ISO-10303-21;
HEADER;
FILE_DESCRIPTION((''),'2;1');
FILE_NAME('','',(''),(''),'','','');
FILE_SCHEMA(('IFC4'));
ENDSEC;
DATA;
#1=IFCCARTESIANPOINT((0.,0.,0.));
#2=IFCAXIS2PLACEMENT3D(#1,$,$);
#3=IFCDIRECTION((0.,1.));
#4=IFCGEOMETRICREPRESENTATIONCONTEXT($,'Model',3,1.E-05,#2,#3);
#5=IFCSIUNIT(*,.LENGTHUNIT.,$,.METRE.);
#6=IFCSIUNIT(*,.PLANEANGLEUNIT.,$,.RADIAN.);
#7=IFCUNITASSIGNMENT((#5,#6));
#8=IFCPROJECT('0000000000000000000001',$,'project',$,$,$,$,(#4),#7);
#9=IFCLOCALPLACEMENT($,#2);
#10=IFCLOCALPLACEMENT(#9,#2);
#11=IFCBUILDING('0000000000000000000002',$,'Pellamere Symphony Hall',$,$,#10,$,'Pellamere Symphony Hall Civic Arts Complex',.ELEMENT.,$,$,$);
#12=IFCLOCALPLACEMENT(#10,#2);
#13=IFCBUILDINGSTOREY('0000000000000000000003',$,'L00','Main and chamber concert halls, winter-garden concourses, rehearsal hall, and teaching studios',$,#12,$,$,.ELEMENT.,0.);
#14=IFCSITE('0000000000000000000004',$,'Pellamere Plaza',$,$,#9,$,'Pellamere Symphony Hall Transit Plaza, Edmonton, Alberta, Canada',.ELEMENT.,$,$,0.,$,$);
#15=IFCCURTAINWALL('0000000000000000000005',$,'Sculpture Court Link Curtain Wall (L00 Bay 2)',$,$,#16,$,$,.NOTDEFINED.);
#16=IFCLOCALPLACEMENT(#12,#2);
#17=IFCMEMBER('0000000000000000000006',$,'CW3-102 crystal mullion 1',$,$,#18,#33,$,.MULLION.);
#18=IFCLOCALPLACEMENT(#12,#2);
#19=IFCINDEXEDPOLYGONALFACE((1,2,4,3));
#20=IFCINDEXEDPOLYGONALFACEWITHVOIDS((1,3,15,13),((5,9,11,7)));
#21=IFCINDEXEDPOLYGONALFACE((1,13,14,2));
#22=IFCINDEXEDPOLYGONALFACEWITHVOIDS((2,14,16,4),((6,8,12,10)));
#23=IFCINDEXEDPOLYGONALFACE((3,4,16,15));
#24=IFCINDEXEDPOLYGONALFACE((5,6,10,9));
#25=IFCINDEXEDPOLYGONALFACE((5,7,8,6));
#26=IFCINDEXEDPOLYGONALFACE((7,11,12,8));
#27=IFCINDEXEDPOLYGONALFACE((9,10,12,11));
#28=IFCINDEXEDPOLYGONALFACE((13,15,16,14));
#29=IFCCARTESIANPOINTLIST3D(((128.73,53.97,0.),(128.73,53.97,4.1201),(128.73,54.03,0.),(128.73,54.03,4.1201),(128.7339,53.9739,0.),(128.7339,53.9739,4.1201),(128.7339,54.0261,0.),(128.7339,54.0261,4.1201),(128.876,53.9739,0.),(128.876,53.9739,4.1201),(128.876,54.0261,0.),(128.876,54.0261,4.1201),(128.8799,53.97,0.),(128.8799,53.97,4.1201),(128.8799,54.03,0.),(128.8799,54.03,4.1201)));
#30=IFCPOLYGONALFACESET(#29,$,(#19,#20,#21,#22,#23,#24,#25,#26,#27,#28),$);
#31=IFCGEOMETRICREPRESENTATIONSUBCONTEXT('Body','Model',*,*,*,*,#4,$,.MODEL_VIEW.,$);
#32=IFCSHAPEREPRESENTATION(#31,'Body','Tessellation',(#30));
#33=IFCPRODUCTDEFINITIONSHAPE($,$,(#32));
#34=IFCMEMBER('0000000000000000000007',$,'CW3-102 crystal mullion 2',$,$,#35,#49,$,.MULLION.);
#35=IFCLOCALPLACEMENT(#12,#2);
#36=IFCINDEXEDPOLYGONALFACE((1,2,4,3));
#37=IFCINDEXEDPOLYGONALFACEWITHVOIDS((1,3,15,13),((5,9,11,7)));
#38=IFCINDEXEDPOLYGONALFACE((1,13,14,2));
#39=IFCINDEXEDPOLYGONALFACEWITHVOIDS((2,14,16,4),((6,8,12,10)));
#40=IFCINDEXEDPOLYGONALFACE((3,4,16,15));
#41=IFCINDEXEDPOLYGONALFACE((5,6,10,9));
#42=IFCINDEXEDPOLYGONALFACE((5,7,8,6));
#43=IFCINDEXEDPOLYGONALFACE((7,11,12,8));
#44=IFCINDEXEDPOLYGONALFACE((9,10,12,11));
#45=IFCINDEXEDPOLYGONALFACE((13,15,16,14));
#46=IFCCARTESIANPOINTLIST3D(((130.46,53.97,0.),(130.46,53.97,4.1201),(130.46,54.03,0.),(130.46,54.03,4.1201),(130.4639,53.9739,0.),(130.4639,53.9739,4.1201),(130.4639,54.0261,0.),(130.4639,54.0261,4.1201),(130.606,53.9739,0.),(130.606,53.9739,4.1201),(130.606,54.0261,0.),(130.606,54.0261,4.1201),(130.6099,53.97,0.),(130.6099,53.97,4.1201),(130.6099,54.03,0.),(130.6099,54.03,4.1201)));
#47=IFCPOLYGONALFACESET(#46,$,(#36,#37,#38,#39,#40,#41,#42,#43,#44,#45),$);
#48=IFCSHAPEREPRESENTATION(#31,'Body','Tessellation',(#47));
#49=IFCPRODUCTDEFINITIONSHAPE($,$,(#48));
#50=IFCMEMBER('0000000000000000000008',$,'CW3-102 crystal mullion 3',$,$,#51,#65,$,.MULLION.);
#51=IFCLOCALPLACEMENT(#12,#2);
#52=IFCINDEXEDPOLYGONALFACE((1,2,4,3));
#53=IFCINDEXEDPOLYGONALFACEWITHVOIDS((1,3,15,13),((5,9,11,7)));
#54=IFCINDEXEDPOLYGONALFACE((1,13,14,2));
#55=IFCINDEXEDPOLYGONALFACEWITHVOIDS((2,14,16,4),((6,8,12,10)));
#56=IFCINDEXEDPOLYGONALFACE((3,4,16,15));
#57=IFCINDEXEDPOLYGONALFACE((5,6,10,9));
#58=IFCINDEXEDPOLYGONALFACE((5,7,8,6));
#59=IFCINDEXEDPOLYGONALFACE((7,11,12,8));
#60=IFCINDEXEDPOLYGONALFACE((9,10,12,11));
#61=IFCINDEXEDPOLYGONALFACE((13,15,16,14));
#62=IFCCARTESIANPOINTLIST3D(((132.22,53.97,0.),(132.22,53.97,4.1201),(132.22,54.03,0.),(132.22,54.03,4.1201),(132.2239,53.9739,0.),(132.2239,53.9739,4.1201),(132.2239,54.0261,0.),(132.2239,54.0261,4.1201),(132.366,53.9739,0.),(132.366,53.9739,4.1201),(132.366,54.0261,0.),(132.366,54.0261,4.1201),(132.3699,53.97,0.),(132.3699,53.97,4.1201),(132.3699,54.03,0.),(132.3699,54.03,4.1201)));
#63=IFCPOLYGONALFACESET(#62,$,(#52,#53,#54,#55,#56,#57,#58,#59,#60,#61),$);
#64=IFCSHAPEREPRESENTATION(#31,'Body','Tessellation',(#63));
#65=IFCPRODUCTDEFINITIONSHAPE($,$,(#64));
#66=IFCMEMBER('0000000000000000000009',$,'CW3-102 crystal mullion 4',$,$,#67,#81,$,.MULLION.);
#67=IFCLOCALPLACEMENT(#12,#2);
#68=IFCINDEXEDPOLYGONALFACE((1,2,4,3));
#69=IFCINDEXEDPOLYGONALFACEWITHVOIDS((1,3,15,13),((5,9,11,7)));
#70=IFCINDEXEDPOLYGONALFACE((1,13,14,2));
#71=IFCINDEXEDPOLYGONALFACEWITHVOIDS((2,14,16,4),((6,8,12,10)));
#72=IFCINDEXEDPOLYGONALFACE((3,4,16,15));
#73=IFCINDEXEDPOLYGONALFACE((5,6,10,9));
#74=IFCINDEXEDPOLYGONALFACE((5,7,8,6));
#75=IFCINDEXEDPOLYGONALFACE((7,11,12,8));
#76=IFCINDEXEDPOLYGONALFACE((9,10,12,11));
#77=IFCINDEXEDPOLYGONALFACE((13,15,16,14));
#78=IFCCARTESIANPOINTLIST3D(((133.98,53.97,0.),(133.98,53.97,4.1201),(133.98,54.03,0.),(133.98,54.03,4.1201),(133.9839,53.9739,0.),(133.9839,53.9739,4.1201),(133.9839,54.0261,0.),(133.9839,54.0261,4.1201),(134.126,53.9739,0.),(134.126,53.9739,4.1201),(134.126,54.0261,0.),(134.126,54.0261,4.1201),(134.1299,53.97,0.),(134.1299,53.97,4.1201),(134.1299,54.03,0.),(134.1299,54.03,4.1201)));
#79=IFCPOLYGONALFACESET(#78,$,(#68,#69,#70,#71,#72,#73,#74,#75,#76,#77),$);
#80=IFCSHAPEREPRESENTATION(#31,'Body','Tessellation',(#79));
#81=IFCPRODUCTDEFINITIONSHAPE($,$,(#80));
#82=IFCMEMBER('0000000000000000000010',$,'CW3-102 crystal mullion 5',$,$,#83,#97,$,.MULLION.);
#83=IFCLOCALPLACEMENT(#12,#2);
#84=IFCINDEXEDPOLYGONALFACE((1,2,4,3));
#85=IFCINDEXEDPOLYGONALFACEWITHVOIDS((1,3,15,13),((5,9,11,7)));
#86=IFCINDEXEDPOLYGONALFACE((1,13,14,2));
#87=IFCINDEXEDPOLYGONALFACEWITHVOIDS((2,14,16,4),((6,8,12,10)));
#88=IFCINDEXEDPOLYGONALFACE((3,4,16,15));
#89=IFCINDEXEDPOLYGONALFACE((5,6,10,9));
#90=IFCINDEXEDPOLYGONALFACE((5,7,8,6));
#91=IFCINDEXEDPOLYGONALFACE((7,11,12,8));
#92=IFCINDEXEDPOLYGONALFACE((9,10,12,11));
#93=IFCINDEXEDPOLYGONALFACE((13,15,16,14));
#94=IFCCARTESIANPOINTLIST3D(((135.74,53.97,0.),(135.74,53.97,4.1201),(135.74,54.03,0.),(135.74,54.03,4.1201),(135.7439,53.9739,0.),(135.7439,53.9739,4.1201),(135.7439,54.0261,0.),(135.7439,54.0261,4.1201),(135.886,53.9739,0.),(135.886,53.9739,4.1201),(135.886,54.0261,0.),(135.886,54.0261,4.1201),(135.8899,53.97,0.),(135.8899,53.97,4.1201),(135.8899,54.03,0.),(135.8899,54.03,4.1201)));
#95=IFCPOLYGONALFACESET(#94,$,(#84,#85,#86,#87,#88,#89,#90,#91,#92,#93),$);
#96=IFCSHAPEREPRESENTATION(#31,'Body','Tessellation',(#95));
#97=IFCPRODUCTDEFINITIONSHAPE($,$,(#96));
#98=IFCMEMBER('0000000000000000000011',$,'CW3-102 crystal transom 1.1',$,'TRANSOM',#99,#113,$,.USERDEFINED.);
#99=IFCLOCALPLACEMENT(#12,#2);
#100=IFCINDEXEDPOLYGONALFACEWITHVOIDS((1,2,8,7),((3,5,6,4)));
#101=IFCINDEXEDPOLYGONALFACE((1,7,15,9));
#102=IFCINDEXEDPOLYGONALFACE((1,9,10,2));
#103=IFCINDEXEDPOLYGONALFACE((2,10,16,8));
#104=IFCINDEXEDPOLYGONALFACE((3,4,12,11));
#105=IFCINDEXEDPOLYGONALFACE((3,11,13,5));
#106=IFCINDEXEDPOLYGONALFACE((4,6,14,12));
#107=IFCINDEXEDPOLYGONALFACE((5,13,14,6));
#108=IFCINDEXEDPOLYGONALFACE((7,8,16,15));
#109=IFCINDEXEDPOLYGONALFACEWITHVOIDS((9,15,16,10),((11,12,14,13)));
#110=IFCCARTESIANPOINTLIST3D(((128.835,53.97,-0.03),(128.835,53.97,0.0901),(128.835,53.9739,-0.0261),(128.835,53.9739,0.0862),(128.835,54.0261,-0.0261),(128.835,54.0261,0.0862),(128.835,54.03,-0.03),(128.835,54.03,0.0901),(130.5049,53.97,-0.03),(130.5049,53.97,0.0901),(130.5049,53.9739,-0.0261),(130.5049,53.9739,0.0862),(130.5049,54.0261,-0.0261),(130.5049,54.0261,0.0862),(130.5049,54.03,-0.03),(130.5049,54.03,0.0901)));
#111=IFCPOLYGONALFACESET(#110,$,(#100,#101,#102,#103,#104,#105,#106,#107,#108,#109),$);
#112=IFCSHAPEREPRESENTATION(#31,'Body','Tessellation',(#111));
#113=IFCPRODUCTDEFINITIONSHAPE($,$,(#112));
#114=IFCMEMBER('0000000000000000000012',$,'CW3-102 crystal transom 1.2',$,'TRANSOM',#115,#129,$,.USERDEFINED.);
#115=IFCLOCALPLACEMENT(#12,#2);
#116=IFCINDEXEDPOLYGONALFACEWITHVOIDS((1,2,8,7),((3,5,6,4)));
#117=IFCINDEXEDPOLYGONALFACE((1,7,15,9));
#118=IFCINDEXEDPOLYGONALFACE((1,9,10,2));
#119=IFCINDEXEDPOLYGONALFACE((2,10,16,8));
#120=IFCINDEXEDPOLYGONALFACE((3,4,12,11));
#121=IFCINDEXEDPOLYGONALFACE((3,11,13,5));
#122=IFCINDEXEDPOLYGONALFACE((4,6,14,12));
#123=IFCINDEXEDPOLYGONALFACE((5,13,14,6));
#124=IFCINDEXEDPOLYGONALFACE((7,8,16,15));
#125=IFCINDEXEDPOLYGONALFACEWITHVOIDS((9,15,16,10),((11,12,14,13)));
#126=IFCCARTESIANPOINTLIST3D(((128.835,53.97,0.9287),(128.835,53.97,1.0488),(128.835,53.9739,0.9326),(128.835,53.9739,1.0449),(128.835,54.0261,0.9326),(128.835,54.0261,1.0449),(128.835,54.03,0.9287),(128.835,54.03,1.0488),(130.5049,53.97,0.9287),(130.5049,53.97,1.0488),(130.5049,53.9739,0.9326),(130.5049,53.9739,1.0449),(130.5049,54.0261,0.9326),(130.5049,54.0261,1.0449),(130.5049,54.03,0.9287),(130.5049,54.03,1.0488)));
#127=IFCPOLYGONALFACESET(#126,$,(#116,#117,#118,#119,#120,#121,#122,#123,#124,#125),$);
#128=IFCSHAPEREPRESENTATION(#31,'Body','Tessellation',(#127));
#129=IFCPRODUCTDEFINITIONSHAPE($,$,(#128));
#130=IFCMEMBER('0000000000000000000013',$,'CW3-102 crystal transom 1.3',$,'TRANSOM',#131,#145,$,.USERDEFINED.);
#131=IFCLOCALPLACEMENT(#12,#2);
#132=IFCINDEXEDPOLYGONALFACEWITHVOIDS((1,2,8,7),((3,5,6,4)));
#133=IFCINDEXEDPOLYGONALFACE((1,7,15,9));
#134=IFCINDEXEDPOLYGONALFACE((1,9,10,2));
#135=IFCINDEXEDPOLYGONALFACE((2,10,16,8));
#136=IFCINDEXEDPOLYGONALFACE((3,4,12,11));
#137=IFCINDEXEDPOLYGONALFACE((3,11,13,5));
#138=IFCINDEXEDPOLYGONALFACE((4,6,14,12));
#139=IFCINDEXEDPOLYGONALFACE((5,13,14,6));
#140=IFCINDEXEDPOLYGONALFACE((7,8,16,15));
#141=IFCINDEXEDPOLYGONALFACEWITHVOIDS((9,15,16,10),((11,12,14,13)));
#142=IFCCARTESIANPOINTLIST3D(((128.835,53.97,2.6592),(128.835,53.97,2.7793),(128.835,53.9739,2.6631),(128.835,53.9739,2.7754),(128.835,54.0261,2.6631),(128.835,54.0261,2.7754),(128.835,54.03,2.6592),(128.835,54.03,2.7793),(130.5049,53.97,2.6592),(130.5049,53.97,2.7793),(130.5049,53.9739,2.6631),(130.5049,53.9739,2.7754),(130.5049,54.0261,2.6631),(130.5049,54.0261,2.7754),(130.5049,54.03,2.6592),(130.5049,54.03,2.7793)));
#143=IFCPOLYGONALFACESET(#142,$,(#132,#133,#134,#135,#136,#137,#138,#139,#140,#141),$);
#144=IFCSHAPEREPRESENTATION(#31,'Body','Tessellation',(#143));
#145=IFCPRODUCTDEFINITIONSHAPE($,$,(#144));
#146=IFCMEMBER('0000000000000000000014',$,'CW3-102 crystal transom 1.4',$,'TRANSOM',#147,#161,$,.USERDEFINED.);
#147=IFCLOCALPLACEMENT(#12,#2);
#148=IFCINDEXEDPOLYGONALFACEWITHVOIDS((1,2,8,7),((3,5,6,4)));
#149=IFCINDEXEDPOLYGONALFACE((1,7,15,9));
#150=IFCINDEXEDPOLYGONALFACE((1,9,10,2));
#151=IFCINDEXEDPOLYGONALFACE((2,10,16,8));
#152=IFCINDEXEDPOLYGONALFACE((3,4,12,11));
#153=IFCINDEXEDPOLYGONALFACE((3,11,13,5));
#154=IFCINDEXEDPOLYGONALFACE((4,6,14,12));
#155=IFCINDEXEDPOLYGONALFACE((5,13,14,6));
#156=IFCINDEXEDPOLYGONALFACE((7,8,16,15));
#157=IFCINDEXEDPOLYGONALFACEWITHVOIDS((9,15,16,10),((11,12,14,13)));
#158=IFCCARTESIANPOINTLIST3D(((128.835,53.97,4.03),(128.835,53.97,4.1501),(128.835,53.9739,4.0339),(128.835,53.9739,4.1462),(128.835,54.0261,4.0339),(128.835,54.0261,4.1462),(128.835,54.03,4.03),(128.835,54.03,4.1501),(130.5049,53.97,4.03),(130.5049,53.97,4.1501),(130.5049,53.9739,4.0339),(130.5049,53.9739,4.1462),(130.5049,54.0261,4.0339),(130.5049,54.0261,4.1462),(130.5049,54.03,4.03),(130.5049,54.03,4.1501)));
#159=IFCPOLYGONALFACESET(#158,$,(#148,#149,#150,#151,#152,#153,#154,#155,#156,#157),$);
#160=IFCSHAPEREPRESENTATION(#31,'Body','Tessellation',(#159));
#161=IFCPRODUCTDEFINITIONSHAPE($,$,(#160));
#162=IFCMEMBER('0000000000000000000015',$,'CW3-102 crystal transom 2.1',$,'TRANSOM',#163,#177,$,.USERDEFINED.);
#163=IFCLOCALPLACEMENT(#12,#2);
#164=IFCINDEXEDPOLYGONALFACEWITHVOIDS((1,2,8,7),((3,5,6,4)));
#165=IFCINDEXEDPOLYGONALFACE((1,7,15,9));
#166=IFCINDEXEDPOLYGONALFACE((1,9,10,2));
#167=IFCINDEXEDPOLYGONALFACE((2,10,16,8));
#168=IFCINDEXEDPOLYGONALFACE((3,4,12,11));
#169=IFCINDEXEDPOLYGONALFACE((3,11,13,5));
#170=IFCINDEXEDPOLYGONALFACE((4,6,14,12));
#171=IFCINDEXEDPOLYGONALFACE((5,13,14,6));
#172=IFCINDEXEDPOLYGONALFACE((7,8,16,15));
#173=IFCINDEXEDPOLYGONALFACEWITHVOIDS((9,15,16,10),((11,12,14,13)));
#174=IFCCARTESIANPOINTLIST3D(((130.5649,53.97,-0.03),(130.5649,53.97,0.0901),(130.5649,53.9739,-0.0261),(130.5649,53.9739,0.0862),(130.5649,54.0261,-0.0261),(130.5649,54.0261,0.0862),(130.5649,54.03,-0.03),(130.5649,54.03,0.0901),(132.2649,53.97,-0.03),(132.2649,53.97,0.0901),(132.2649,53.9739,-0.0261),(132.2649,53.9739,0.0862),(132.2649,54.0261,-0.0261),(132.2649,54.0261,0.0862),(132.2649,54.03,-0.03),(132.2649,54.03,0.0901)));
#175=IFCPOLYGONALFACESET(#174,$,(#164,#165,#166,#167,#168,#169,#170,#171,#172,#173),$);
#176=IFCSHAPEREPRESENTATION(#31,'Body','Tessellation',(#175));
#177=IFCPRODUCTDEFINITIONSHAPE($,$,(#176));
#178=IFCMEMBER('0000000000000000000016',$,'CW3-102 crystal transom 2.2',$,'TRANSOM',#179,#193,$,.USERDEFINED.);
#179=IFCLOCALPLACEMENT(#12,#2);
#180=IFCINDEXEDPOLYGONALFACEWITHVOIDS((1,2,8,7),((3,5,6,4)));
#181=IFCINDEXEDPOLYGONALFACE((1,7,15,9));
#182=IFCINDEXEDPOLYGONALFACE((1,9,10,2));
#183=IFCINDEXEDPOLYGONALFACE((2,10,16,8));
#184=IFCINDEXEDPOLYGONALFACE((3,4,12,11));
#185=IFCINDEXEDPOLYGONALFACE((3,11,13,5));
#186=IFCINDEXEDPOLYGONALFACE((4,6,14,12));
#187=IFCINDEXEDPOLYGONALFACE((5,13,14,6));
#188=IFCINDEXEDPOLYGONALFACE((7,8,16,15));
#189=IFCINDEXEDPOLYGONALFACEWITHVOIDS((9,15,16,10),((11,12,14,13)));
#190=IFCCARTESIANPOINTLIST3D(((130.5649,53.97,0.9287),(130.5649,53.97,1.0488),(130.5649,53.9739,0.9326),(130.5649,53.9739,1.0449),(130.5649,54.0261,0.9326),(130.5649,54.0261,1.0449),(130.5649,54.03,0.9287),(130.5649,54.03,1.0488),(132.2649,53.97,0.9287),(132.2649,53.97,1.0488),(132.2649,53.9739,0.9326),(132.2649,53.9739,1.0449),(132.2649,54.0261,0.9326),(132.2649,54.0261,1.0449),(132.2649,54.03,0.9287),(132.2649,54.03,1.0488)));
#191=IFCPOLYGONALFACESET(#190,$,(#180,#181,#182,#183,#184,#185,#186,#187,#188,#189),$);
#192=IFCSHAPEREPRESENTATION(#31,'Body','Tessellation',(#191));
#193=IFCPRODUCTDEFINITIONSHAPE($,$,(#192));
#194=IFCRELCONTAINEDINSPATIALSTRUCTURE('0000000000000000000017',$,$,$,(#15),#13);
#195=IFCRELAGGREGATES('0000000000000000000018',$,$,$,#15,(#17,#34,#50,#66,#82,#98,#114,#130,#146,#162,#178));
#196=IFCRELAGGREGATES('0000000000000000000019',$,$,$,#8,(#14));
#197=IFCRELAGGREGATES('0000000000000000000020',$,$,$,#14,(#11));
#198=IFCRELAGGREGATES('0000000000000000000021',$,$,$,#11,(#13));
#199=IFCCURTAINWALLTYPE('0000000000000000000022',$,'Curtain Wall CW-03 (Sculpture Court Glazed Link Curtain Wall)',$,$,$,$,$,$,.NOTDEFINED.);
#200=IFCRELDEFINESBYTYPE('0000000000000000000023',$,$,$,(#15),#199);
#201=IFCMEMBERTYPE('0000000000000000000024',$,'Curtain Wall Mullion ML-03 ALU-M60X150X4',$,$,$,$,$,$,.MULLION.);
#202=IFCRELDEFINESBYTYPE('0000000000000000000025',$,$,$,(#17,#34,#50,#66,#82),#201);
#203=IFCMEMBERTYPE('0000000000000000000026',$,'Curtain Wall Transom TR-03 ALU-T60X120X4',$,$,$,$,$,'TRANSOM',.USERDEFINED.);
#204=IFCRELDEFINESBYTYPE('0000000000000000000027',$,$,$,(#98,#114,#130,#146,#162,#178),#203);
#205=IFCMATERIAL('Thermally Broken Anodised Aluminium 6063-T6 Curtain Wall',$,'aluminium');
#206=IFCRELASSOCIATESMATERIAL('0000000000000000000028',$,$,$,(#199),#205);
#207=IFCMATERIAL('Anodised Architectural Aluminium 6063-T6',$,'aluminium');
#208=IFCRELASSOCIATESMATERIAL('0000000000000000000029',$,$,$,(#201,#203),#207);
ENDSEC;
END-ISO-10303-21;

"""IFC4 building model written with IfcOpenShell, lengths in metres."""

from ifc_helpers import new_model, si_unit, direction, frame, origin, origin_2d, place, context, subcontext, project, spatial, hollow_rectangle, extrude, material, material_profile, profile_set, type_object, element, aggregate, save


model = new_model("IFC4")

# Units and contexts
model_context = context("Model", 3, precision=1e-05, world=origin(), true_north=direction((0.0, 1.0)))
body_context = subcontext(model_context, "Body", "Model", "MODEL_VIEW")
ifc_project = project(units=[si_unit("LENGTHUNIT", "METRE"), si_unit("PLANEANGLEUNIT", "RADIAN")], contexts=[model_context])

# Site, building, storey
site_placement = place(None, origin())
site = spatial("IfcSite", under=ifc_project, at=site_placement, Name="Pellamere Plaza", LongName="Pellamere Symphony Hall Transit Plaza, Edmonton, Alberta, Canada", CompositionType="ELEMENT", RefElevation=0.0)
building_placement = place(site_placement, origin())
building = spatial("IfcBuilding", under=site, at=building_placement, Name="Pellamere Symphony Hall", LongName="Pellamere Symphony Hall Civic Arts Complex", CompositionType="ELEMENT")
storey_placement = place(building_placement, origin())
storey = spatial("IfcBuildingStorey", under=building, at=storey_placement, Name="L00", Description="Main and chamber concert halls, winter-garden concourses, rehearsal hall, and teaching studios", CompositionType="ELEMENT", Elevation=0.0)

# Curtain wall, members
ifc_material_1 = material(Name="Thermally Broken Anodised Aluminium 6063-T6 Curtain Wall", Category="aluminium")
curtain_wall_type = type_object("IfcCurtainWallType", Name="Curtain Wall CW-03 (Sculpture Court Glazed Link Curtain Wall)", PredefinedType="NOTDEFINED", material=ifc_material_1)
curtain_wall_placement = place(storey_placement, origin())
curtain_wall = element("IfcCurtainWall", 1, at=curtain_wall_placement, inside=storey, type_object=curtain_wall_type, Name="Sculpture Court Link Curtain Wall (L00 Bay 2)", PredefinedType="NOTDEFINED")
ifc_material_2 = material(Name="Anodised Architectural Aluminium 6063-T6", Category="aluminium")
ifc_material_profile_1 = material_profile(ifc_material_2, hollow_rectangle(XDim=0.0601, YDim=0.1499, WallThickness=0.0039, at=origin_2d()), Name="ALU-M60X150X4")
ifc_profile_set_1 = profile_set([ifc_material_profile_1], Name="Anodised Architectural Aluminium 6063-T6")
member_type_1 = type_object("IfcMemberType", Name="Curtain Wall Mullion ML-03 ALU-M60X150X4", PredefinedType="MULLION", material=ifc_profile_set_1)
member_1_placement = place(storey_placement, frame((128.8049, 54.0, 0.0), z_axis=(0.0, 0.0, 1.0), x_axis=(0.0, 1.0, 0.0)))
member_1 = element("IfcMember", 2, at=member_1_placement, type_object=member_type_1, Name="CW3-102 crystal mullion 1", PredefinedType="MULLION", context=body_context, shape_type="SweptSolid", body=[
    extrude(hollow_rectangle(XDim=0.0601, YDim=0.1499, WallThickness=0.0039, at=origin_2d()), origin(), (0.0, 0.0, 1.0), 4.1201),
])
member_2_placement = place(storey_placement, frame((130.5349, 54.0, 0.0), z_axis=(0.0, 0.0, 1.0), x_axis=(0.0, 1.0, 0.0)))
member_2 = element("IfcMember", 3, at=member_2_placement, type_object=member_type_1, Name="CW3-102 crystal mullion 2", PredefinedType="MULLION", context=body_context, shape_type="SweptSolid", body=[
    extrude(hollow_rectangle(XDim=0.0601, YDim=0.1499, WallThickness=0.0039, at=origin_2d()), origin(), (0.0, 0.0, 1.0), 4.1201),
])
member_3_placement = place(storey_placement, frame((132.2949, 54.0, 0.0), z_axis=(0.0, 0.0, 1.0), x_axis=(0.0, 1.0, 0.0)))
member_3 = element("IfcMember", 4, at=member_3_placement, type_object=member_type_1, Name="CW3-102 crystal mullion 3", PredefinedType="MULLION", context=body_context, shape_type="SweptSolid", body=[
    extrude(hollow_rectangle(XDim=0.0601, YDim=0.1499, WallThickness=0.0039, at=origin_2d()), origin(), (0.0, 0.0, 1.0), 4.1201),
])
member_4_placement = place(storey_placement, frame((134.0549, 54.0, 0.0), z_axis=(0.0, 0.0, 1.0), x_axis=(0.0, 1.0, 0.0)))
member_4 = element("IfcMember", 5, at=member_4_placement, type_object=member_type_1, Name="CW3-102 crystal mullion 4", PredefinedType="MULLION", context=body_context, shape_type="SweptSolid", body=[
    extrude(hollow_rectangle(XDim=0.0601, YDim=0.1499, WallThickness=0.0039, at=origin_2d()), origin(), (0.0, 0.0, 1.0), 4.1201),
])
member_5_placement = place(storey_placement, frame((135.8149, 54.0, 0.0), z_axis=(0.0, 0.0, 1.0), x_axis=(0.0, 1.0, 0.0)))
member_5 = element("IfcMember", 6, at=member_5_placement, type_object=member_type_1, Name="CW3-102 crystal mullion 5", PredefinedType="MULLION", context=body_context, shape_type="SweptSolid", body=[
    extrude(hollow_rectangle(XDim=0.0601, YDim=0.1499, WallThickness=0.0039, at=origin_2d()), origin(), (0.0, 0.0, 1.0), 4.1201),
])
ifc_material_profile_2 = material_profile(ifc_material_2, hollow_rectangle(XDim=0.0601, YDim=0.1201, WallThickness=0.0039, at=origin_2d()), Name="ALU-T60X120X4")
ifc_profile_set_2 = profile_set([ifc_material_profile_2], Name="Anodised Architectural Aluminium 6063-T6")
member_type_2 = type_object("IfcMemberType", Name="Curtain Wall Transom TR-03 ALU-T60X120X4", ElementType="TRANSOM", PredefinedType="USERDEFINED", material=ifc_profile_set_2)
member_6_placement = place(storey_placement, frame((128.835, 54.0, 0.03), z_axis=(1.0, 0.0, 0.0), x_axis=(0.0, 1.0, 0.0)))
member_6 = element("IfcMember", 7, at=member_6_placement, type_object=member_type_2, Name="CW3-102 crystal transom 1.1", ObjectType="TRANSOM", PredefinedType="USERDEFINED", context=body_context, shape_type="SweptSolid", body=[
    extrude(hollow_rectangle(XDim=0.0601, YDim=0.1201, WallThickness=0.0039, at=origin_2d()), origin(), (0.0, 0.0, 1.0), 1.6699),
])
member_7_placement = place(storey_placement, frame((128.835, 54.0, 0.9888), z_axis=(1.0, 0.0, 0.0), x_axis=(0.0, 1.0, 0.0)))
member_7 = element("IfcMember", 8, at=member_7_placement, type_object=member_type_2, Name="CW3-102 crystal transom 1.2", ObjectType="TRANSOM", PredefinedType="USERDEFINED", context=body_context, shape_type="SweptSolid", body=[
    extrude(hollow_rectangle(XDim=0.0601, YDim=0.1201, WallThickness=0.0039, at=origin_2d()), origin(), (0.0, 0.0, 1.0), 1.6699),
])
member_8_placement = place(storey_placement, frame((128.835, 54.0, 2.7192), z_axis=(1.0, 0.0, 0.0), x_axis=(0.0, 1.0, 0.0)))
member_8 = element("IfcMember", 9, at=member_8_placement, type_object=member_type_2, Name="CW3-102 crystal transom 1.3", ObjectType="TRANSOM", PredefinedType="USERDEFINED", context=body_context, shape_type="SweptSolid", body=[
    extrude(hollow_rectangle(XDim=0.0601, YDim=0.1201, WallThickness=0.0039, at=origin_2d()), origin(), (0.0, 0.0, 1.0), 1.6699),
])
member_9_placement = place(storey_placement, frame((128.835, 54.0, 4.0901), z_axis=(1.0, 0.0, 0.0), x_axis=(0.0, 1.0, 0.0)))
member_9 = element("IfcMember", 10, at=member_9_placement, type_object=member_type_2, Name="CW3-102 crystal transom 1.4", ObjectType="TRANSOM", PredefinedType="USERDEFINED", context=body_context, shape_type="SweptSolid", body=[
    extrude(hollow_rectangle(XDim=0.0601, YDim=0.1201, WallThickness=0.0039, at=origin_2d()), origin(), (0.0, 0.0, 1.0), 1.6699),
])
member_10_placement = place(storey_placement, frame((130.5649, 54.0, 0.03), z_axis=(1.0, 0.0, 0.0), x_axis=(0.0, 1.0, 0.0)))
member_10 = element("IfcMember", 11, at=member_10_placement, type_object=member_type_2, Name="CW3-102 crystal transom 2.1", ObjectType="TRANSOM", PredefinedType="USERDEFINED", context=body_context, shape_type="SweptSolid", body=[
    extrude(hollow_rectangle(XDim=0.0601, YDim=0.1201, WallThickness=0.0039, at=origin_2d()), origin(), (0.0, 0.0, 1.0), 1.7),
])
member_11_placement = place(storey_placement, frame((130.5649, 54.0, 0.9888), z_axis=(1.0, 0.0, 0.0), x_axis=(0.0, 1.0, 0.0)))
member_11 = element("IfcMember", 12, at=member_11_placement, type_object=member_type_2, Name="CW3-102 crystal transom 2.2", ObjectType="TRANSOM", PredefinedType="USERDEFINED", context=body_context, shape_type="SweptSolid", body=[
    extrude(hollow_rectangle(XDim=0.0601, YDim=0.1201, WallThickness=0.0039, at=origin_2d()), origin(), (0.0, 0.0, 1.0), 1.7),
])

aggregate(curtain_wall, [member_1, member_2, member_3, member_4, member_5, member_6, member_7, member_8, member_9, member_10, member_11])

save(model, "model.ifc")
